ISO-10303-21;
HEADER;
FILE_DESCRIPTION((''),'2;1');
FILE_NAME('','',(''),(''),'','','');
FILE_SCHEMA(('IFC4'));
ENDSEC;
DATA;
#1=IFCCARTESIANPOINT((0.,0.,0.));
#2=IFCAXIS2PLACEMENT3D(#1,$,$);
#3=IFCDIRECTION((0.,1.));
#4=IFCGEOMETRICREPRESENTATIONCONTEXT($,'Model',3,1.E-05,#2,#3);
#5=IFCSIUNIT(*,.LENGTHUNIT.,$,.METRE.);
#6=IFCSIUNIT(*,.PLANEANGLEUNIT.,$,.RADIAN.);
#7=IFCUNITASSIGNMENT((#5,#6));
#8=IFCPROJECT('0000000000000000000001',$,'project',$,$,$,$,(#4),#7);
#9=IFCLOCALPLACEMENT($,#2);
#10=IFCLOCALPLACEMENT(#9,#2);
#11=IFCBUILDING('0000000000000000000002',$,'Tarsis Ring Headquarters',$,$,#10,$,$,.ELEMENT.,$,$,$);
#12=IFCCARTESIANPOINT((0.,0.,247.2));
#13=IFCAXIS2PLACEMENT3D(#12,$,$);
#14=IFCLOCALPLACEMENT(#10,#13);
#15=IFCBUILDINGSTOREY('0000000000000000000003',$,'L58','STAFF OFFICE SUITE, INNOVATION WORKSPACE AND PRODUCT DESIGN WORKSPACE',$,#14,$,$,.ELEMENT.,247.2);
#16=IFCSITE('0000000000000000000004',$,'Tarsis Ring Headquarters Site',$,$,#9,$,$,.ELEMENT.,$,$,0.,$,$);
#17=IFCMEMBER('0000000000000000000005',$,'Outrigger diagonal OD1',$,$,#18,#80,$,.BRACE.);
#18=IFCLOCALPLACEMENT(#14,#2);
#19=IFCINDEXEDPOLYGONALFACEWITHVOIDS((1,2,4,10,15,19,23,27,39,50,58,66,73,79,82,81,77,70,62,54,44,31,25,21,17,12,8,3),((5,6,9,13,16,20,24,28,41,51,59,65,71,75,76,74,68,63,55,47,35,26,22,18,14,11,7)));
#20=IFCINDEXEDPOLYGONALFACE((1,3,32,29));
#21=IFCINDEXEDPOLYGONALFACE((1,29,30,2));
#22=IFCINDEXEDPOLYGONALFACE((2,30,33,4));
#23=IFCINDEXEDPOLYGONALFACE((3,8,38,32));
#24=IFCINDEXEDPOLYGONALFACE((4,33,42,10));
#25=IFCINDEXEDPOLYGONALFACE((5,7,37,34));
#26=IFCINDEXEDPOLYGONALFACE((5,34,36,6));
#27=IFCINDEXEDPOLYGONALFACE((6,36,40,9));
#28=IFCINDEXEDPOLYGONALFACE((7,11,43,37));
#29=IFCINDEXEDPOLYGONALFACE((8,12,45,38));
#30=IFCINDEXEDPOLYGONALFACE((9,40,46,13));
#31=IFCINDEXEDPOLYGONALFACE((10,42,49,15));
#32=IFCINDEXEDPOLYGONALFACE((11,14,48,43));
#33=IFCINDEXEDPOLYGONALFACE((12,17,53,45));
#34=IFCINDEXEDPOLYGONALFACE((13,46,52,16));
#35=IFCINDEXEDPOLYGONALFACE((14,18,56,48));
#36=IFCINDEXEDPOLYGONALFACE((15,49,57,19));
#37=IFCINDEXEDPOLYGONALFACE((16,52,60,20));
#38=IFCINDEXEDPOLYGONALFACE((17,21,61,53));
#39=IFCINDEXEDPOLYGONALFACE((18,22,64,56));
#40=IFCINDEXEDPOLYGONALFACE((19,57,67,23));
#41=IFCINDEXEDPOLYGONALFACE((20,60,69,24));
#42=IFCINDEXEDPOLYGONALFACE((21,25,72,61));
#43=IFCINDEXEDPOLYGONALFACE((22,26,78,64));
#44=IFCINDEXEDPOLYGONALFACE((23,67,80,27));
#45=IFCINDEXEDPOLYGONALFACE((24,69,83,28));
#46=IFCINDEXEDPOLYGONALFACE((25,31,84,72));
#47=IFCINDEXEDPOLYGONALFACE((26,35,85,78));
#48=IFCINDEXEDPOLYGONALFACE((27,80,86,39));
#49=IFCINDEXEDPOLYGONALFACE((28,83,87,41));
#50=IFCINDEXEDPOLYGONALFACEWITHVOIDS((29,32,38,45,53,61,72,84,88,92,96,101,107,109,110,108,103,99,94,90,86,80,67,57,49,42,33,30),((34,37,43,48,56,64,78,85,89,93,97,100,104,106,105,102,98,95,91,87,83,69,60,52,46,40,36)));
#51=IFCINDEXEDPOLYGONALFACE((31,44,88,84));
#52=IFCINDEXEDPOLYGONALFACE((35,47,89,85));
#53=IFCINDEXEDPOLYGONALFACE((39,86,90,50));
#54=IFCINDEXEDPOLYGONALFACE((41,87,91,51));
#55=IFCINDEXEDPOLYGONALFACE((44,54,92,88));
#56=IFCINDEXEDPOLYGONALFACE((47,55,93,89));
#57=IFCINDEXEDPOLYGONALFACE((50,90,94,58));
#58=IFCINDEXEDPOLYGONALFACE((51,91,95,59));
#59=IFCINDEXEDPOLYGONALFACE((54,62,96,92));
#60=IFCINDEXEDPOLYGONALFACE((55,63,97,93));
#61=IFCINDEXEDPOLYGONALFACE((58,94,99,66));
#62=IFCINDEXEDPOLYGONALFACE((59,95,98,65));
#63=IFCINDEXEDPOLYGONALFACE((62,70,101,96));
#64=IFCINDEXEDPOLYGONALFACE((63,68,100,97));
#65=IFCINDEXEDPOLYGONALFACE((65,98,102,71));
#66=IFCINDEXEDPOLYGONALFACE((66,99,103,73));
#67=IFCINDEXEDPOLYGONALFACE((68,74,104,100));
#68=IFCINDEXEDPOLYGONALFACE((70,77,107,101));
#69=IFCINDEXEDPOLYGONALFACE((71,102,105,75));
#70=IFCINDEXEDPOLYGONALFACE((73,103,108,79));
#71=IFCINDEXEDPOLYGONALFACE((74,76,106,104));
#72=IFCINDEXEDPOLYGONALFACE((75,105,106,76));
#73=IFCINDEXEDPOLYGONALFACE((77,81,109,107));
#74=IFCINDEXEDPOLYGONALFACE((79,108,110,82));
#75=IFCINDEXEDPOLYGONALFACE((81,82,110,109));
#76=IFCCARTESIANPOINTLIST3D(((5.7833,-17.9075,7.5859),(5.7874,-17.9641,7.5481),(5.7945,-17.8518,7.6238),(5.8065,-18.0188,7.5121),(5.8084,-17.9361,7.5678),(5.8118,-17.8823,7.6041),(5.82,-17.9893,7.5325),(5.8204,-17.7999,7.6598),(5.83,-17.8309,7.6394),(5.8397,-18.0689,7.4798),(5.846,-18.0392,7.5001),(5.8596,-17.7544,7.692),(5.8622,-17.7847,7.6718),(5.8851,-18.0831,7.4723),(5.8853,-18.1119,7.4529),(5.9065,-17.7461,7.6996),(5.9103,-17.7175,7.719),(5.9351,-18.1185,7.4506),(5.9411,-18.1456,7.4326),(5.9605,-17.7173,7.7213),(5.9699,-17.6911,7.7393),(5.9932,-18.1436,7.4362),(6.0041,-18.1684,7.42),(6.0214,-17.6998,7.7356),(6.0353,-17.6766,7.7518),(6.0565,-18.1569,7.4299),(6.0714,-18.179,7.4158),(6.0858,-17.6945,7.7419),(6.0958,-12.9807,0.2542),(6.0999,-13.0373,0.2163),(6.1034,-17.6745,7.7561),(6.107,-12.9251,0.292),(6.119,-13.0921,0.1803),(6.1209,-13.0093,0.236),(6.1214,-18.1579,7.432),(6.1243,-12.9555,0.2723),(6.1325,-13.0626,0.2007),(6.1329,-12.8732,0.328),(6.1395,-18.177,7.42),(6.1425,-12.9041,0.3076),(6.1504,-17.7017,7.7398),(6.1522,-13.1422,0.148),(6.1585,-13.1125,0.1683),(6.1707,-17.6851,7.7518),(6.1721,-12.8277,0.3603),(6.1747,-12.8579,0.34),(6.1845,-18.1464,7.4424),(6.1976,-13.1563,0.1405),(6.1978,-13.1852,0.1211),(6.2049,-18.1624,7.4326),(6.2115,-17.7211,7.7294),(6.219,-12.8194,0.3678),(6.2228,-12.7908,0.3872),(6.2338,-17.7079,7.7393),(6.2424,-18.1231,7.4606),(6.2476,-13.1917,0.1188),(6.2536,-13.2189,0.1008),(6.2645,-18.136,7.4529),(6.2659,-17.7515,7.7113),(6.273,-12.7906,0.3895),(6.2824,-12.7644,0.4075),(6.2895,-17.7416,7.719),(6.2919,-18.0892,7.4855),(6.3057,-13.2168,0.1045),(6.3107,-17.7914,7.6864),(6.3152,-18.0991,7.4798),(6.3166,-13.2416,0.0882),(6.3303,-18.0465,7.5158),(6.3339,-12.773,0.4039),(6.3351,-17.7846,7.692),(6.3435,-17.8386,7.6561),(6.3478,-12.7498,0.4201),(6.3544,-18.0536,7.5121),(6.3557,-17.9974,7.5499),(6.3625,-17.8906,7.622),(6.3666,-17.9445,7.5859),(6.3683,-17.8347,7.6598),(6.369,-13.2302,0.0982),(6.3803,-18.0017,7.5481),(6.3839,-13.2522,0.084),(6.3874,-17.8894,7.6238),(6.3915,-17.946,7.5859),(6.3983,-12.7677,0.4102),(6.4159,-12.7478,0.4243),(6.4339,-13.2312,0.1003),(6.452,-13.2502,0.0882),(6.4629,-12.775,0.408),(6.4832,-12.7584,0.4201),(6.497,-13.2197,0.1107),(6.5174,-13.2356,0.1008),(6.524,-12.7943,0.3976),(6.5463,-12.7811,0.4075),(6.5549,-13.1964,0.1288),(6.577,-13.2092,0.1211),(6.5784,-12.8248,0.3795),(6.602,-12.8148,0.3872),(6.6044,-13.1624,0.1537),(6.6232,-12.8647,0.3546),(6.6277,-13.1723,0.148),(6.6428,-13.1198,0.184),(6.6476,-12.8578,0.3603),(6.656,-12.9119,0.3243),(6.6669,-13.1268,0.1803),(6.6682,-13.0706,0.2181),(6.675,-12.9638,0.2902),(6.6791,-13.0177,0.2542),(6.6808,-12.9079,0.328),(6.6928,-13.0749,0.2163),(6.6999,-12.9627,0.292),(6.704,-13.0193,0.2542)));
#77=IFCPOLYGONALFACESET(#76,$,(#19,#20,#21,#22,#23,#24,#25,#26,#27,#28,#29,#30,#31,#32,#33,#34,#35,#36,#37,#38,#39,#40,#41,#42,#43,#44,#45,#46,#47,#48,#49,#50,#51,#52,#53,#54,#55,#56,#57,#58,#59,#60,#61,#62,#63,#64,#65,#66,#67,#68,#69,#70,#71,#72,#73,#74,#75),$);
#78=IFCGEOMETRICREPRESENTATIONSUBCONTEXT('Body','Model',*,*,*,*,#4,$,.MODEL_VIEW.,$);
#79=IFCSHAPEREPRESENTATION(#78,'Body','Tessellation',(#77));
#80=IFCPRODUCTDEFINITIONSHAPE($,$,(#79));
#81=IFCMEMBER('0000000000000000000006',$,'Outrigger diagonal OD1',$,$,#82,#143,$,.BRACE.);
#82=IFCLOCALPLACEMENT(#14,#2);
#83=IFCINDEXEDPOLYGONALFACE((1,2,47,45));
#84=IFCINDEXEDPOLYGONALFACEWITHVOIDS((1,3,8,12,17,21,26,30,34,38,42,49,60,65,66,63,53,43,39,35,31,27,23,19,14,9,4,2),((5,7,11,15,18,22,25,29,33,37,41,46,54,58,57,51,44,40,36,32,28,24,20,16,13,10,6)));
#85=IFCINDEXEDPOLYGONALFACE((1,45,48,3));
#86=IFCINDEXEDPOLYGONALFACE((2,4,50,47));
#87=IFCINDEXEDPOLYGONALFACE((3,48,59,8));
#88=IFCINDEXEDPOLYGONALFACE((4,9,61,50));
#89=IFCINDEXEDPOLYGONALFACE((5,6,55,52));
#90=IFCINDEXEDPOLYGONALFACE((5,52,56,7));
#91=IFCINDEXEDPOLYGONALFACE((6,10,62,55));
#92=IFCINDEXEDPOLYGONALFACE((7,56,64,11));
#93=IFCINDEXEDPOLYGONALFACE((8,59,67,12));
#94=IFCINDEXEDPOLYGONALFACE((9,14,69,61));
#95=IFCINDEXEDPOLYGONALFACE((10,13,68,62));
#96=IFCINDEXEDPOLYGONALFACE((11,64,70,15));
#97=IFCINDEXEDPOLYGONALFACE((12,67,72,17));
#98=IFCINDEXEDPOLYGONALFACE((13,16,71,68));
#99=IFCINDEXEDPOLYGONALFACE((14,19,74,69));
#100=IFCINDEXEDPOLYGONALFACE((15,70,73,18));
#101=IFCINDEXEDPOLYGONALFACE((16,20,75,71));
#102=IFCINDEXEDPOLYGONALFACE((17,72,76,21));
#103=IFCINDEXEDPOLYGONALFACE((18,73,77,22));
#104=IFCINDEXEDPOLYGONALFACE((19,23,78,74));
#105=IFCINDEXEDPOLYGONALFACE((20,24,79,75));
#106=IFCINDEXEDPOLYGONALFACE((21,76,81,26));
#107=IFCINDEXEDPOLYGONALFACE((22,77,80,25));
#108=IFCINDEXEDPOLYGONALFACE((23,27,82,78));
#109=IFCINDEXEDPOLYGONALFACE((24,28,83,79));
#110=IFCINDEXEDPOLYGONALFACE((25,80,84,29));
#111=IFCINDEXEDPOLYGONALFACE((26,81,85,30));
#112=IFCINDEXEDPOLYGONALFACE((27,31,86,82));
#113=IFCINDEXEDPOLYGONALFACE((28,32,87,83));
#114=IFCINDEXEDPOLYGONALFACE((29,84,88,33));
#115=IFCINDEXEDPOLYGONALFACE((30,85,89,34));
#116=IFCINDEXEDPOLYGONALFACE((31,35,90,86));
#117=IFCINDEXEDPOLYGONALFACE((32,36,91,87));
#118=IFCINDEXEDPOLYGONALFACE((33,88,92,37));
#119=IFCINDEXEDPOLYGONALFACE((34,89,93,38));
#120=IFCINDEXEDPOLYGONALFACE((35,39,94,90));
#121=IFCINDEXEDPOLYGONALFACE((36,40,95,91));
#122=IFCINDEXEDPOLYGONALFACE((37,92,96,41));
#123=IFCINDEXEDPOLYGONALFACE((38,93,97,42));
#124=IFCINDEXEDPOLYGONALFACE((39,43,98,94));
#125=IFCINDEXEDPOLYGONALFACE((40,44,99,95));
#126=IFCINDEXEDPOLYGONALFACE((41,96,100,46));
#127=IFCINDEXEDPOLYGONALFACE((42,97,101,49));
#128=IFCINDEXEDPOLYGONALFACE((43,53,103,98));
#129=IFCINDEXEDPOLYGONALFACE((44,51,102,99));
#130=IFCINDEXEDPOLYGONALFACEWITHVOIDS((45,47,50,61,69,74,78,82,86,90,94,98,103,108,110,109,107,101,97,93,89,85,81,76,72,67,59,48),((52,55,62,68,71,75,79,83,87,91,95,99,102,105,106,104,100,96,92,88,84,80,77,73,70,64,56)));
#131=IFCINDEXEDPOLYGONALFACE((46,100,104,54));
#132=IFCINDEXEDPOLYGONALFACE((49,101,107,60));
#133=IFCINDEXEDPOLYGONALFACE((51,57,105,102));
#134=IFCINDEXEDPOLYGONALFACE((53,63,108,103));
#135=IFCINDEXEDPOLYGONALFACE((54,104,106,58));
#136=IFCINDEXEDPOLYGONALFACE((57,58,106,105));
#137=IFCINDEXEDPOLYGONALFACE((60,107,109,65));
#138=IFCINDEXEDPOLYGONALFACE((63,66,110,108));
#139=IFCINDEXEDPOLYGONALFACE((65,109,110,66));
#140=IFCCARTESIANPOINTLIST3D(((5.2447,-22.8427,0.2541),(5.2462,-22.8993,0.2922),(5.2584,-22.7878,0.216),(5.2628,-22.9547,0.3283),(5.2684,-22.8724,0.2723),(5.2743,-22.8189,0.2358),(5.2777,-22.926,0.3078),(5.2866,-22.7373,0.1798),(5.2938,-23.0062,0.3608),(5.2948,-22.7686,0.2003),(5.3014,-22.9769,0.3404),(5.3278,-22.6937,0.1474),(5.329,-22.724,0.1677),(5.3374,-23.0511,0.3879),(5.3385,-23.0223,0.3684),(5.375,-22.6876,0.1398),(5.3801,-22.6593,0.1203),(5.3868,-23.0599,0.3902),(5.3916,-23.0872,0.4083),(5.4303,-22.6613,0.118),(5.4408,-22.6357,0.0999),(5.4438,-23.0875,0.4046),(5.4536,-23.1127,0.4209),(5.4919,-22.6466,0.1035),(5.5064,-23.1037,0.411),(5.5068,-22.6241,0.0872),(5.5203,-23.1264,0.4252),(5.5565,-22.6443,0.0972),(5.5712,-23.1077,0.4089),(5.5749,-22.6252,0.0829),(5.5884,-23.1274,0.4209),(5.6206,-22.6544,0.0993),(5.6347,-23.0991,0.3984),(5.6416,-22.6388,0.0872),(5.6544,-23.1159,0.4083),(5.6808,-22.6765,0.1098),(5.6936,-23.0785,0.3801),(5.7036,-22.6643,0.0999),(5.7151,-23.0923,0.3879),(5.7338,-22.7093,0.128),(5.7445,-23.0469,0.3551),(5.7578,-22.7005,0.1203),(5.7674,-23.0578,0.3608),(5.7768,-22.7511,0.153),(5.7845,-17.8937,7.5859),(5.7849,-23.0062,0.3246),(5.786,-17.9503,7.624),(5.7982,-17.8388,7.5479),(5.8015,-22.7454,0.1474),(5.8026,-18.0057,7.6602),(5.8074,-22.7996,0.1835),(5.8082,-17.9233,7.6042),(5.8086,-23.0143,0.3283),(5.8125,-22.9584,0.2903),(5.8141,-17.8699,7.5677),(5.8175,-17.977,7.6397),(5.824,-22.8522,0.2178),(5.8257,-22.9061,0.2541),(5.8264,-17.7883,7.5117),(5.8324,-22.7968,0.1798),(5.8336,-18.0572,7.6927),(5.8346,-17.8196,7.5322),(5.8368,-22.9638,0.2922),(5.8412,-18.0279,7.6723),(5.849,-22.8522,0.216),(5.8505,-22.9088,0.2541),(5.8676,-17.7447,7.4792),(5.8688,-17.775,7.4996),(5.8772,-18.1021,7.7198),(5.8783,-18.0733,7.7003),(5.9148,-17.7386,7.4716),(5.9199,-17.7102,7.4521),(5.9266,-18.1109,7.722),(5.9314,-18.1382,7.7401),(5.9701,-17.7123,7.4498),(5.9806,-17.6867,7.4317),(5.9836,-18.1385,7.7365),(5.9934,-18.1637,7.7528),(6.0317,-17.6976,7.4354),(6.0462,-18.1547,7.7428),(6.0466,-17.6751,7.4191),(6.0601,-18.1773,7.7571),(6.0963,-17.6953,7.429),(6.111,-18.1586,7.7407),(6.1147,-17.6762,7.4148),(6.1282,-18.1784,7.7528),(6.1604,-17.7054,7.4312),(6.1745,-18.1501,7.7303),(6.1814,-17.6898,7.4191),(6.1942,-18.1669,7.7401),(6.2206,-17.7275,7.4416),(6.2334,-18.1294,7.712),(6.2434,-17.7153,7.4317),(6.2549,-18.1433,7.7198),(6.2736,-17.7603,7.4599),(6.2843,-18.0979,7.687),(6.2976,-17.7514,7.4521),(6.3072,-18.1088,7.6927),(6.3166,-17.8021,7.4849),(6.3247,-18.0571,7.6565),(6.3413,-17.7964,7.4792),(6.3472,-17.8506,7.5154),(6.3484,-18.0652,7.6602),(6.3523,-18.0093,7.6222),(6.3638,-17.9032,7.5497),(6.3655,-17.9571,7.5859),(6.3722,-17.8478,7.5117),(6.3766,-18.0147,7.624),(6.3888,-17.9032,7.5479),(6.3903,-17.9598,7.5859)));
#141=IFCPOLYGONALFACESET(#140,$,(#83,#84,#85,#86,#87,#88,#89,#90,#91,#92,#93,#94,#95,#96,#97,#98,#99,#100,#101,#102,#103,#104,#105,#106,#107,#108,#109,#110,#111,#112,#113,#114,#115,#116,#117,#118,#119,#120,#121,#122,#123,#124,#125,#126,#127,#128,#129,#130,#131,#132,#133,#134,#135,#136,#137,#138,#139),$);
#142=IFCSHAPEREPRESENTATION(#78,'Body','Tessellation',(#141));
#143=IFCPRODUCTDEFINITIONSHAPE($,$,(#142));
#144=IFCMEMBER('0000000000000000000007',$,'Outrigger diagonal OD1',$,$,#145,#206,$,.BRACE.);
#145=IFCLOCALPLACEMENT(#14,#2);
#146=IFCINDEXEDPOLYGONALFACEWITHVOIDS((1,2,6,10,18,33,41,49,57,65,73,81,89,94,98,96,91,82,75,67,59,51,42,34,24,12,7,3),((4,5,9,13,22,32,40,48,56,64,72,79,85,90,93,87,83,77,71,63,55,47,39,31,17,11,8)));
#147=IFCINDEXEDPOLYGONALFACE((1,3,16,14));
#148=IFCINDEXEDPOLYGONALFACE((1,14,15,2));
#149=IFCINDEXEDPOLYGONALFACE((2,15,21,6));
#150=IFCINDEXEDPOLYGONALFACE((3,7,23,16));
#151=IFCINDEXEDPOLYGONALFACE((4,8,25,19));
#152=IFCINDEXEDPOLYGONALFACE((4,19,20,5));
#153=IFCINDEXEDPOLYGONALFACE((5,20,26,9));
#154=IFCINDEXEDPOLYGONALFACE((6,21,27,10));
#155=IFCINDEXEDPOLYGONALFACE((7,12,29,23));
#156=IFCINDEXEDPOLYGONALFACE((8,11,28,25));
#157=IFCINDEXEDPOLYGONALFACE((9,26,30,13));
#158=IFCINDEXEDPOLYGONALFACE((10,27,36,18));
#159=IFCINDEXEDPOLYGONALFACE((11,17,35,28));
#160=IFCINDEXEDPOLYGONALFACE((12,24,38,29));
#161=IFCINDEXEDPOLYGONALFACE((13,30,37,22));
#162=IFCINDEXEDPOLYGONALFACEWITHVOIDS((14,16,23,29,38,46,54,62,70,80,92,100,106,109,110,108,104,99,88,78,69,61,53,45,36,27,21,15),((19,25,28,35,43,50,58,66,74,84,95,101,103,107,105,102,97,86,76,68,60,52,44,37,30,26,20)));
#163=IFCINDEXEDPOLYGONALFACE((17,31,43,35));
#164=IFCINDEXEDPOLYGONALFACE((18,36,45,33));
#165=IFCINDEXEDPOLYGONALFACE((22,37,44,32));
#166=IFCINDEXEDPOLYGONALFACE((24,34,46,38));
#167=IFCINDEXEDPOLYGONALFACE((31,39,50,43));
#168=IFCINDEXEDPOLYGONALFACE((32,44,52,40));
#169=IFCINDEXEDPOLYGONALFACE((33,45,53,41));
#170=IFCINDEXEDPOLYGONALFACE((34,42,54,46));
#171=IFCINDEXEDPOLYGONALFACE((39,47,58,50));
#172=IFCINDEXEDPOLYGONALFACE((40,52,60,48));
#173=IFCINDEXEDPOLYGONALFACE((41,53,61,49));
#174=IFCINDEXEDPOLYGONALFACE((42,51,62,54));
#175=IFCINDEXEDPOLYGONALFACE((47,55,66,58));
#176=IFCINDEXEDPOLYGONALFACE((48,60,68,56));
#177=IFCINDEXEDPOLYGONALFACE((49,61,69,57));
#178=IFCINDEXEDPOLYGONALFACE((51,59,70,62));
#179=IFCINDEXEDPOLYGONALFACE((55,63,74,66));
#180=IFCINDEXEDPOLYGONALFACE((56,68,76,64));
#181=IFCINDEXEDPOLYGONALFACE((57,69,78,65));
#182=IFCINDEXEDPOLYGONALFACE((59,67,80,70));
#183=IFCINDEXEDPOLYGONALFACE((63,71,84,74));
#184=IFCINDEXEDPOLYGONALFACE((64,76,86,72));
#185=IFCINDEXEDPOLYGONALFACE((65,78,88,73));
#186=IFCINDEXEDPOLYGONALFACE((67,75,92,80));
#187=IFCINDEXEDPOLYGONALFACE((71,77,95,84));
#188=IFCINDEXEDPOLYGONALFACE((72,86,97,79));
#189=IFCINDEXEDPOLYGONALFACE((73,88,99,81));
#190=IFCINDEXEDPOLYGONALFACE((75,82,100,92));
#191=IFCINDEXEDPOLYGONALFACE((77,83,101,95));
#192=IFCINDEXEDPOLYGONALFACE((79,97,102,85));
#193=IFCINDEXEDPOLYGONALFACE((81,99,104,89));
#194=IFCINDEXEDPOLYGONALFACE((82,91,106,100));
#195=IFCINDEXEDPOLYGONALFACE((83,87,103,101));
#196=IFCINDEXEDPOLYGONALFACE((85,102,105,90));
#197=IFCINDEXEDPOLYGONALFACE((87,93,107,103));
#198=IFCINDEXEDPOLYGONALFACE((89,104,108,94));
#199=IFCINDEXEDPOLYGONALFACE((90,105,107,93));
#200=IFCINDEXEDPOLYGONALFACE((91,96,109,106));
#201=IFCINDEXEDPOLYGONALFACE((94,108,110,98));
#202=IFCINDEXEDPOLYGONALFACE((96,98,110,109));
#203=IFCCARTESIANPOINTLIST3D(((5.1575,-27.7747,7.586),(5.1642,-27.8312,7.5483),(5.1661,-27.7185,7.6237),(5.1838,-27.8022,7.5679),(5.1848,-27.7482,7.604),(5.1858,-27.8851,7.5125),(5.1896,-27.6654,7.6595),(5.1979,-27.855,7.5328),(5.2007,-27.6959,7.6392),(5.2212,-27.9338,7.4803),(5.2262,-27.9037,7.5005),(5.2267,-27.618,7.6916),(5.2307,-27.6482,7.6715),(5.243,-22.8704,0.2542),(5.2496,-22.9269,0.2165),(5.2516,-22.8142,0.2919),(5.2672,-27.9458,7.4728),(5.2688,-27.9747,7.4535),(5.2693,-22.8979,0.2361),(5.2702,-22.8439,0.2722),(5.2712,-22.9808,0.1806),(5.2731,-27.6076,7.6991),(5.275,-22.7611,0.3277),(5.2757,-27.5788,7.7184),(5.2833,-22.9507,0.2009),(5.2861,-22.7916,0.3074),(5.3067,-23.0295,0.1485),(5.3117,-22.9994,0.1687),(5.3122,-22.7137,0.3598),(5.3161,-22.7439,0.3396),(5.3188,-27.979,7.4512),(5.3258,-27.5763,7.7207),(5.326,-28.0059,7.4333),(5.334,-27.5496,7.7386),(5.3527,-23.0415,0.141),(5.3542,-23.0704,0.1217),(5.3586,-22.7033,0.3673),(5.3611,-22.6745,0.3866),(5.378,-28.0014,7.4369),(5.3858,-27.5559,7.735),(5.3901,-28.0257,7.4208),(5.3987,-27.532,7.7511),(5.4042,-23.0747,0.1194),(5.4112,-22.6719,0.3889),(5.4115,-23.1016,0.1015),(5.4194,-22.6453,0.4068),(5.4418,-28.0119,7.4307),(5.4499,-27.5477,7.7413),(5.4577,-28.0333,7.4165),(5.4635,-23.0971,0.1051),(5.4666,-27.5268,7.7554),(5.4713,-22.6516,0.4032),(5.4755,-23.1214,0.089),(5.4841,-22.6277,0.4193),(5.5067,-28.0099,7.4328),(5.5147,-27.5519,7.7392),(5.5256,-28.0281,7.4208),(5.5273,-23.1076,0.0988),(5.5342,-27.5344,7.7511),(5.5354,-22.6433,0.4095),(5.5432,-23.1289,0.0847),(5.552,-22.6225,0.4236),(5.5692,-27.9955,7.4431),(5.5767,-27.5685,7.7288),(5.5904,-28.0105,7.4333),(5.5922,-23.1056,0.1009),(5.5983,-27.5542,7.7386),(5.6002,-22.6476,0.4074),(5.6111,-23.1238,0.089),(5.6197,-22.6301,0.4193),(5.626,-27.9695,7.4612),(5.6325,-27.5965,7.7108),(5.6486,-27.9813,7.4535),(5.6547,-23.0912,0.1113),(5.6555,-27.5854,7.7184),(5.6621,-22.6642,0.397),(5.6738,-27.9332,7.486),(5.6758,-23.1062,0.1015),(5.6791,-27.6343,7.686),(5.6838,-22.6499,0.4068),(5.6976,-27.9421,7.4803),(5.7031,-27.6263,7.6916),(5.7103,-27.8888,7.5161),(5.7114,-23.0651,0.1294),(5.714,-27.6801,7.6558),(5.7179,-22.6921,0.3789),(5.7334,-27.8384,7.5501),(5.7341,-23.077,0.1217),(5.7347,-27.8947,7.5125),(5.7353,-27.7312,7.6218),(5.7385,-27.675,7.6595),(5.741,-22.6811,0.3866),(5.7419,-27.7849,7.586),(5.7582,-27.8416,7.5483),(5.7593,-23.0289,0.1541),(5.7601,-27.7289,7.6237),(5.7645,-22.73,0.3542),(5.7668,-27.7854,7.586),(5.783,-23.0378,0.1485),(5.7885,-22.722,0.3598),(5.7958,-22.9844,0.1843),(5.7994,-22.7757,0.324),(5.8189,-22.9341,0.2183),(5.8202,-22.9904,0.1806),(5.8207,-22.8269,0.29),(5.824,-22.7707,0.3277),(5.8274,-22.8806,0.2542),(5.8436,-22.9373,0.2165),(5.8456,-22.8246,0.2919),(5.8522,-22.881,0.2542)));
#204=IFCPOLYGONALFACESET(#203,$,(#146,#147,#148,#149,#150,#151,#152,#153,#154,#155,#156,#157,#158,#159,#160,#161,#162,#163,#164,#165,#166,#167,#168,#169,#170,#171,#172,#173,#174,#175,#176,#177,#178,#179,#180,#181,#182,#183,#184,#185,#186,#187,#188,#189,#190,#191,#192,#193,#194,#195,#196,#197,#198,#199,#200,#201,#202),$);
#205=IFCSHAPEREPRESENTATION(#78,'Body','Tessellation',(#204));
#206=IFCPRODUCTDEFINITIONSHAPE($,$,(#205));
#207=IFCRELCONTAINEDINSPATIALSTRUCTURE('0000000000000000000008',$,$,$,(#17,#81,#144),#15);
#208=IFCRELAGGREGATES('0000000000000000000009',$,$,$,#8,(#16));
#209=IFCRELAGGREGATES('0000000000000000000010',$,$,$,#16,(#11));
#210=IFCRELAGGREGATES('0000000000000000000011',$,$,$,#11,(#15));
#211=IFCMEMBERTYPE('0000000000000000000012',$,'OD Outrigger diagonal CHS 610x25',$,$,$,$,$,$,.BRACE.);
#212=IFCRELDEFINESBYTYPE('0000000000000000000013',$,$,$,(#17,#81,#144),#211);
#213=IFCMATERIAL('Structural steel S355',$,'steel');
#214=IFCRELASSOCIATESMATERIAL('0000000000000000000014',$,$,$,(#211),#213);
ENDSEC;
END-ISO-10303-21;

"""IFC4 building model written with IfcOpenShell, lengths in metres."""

from ifc_helpers import new_model, si_unit, direction, frame, origin, origin_2d, place, context, subcontext, project, spatial, hollow_circle, extrude, material, material_profile, profile_set, type_object, element, save


model = new_model("IFC4")

# Units and contexts
model_context = context("Model", 3, precision=1e-05, world=origin(), true_north=direction((0.0, 1.0)))
body_context = subcontext(model_context, "Body", "Model", "MODEL_VIEW")
ifc_project = project(units=[si_unit("LENGTHUNIT", "METRE"), si_unit("PLANEANGLEUNIT", "RADIAN")], contexts=[model_context])

# Site, building, storey
site_placement = place(None, origin())
site = spatial("IfcSite", under=ifc_project, at=site_placement, Name="Tarsis Ring Headquarters Site", CompositionType="ELEMENT", RefElevation=0.0)
building_placement = place(site_placement, origin())
building = spatial("IfcBuilding", under=site, at=building_placement, Name="Tarsis Ring Headquarters", CompositionType="ELEMENT")
storey_placement = place(building_placement, frame((0.0, 0.0, 247.2)))
storey = spatial("IfcBuildingStorey", under=building, at=storey_placement, Name="L58", Description="STAFF OFFICE SUITE, INNOVATION WORKSPACE AND PRODUCT DESIGN WORKSPACE", CompositionType="ELEMENT", Elevation=247.2)

# Members
ifc_material_1 = material(Name="Structural steel S355", Category="steel")
ifc_material_profile_1 = material_profile(ifc_material_1, hollow_circle(Radius=0.3047, WallThickness=0.0249, at=origin_2d()), Name="CHS 610x25")
ifc_profile_set_1 = profile_set([ifc_material_profile_1], Name="Structural steel S355")
member_type_1 = type_object("IfcMemberType", Name="OD Outrigger diagonal CHS 610x25", PredefinedType="BRACE", material=ifc_profile_set_1)
member_1_placement = place(storey_placement, frame((6.3999, -13.0, 0.2542), z_axis=(-0.035355, -0.557397, 0.829493), x_axis=(0.997994, -0.063302, 0.0)))
element("IfcMember", 1, at=member_1_placement, inside=storey, type_object=member_type_1, Name="Outrigger diagonal OD1", PredefinedType="BRACE", context=body_context, shape_type="SweptSolid", body=[
    extrude(hollow_circle(Radius=0.3047, WallThickness=0.0249, at=origin_2d()), origin(), (0.0, 0.0, 1.0), 8.8389),
])
member_2_placement = place(storey_placement, frame((6.0874, -17.9268, 7.5859), z_axis=(-0.06091, -0.558435, -0.827309), x_axis=(0.994104, -0.108429, 0.0)))
element("IfcMember", 2, at=member_2_placement, inside=storey, type_object=member_type_1, Name="Outrigger diagonal OD1", PredefinedType="BRACE", context=body_context, shape_type="SweptSolid", body=[
    extrude(hollow_circle(Radius=0.3047, WallThickness=0.0249, at=origin_2d()), origin(), (0.0, 0.0, 1.0), 8.8623),
])
member_3_placement = place(storey_placement, frame((5.5476, -22.8757, 0.2542), z_axis=(-0.009687, -0.555964, 0.83115), x_axis=(0.999848, -0.017421, 0.0)))
element("IfcMember", 3, at=member_3_placement, inside=storey, type_object=member_type_1, Name="Outrigger diagonal OD1", PredefinedType="BRACE", context=body_context, shape_type="SweptSolid", body=[
    extrude(hollow_circle(Radius=0.3047, WallThickness=0.0249, at=origin_2d()), origin(), (0.0, 0.0, 1.0), 8.8213),
])

save(model, "model.ifc")
